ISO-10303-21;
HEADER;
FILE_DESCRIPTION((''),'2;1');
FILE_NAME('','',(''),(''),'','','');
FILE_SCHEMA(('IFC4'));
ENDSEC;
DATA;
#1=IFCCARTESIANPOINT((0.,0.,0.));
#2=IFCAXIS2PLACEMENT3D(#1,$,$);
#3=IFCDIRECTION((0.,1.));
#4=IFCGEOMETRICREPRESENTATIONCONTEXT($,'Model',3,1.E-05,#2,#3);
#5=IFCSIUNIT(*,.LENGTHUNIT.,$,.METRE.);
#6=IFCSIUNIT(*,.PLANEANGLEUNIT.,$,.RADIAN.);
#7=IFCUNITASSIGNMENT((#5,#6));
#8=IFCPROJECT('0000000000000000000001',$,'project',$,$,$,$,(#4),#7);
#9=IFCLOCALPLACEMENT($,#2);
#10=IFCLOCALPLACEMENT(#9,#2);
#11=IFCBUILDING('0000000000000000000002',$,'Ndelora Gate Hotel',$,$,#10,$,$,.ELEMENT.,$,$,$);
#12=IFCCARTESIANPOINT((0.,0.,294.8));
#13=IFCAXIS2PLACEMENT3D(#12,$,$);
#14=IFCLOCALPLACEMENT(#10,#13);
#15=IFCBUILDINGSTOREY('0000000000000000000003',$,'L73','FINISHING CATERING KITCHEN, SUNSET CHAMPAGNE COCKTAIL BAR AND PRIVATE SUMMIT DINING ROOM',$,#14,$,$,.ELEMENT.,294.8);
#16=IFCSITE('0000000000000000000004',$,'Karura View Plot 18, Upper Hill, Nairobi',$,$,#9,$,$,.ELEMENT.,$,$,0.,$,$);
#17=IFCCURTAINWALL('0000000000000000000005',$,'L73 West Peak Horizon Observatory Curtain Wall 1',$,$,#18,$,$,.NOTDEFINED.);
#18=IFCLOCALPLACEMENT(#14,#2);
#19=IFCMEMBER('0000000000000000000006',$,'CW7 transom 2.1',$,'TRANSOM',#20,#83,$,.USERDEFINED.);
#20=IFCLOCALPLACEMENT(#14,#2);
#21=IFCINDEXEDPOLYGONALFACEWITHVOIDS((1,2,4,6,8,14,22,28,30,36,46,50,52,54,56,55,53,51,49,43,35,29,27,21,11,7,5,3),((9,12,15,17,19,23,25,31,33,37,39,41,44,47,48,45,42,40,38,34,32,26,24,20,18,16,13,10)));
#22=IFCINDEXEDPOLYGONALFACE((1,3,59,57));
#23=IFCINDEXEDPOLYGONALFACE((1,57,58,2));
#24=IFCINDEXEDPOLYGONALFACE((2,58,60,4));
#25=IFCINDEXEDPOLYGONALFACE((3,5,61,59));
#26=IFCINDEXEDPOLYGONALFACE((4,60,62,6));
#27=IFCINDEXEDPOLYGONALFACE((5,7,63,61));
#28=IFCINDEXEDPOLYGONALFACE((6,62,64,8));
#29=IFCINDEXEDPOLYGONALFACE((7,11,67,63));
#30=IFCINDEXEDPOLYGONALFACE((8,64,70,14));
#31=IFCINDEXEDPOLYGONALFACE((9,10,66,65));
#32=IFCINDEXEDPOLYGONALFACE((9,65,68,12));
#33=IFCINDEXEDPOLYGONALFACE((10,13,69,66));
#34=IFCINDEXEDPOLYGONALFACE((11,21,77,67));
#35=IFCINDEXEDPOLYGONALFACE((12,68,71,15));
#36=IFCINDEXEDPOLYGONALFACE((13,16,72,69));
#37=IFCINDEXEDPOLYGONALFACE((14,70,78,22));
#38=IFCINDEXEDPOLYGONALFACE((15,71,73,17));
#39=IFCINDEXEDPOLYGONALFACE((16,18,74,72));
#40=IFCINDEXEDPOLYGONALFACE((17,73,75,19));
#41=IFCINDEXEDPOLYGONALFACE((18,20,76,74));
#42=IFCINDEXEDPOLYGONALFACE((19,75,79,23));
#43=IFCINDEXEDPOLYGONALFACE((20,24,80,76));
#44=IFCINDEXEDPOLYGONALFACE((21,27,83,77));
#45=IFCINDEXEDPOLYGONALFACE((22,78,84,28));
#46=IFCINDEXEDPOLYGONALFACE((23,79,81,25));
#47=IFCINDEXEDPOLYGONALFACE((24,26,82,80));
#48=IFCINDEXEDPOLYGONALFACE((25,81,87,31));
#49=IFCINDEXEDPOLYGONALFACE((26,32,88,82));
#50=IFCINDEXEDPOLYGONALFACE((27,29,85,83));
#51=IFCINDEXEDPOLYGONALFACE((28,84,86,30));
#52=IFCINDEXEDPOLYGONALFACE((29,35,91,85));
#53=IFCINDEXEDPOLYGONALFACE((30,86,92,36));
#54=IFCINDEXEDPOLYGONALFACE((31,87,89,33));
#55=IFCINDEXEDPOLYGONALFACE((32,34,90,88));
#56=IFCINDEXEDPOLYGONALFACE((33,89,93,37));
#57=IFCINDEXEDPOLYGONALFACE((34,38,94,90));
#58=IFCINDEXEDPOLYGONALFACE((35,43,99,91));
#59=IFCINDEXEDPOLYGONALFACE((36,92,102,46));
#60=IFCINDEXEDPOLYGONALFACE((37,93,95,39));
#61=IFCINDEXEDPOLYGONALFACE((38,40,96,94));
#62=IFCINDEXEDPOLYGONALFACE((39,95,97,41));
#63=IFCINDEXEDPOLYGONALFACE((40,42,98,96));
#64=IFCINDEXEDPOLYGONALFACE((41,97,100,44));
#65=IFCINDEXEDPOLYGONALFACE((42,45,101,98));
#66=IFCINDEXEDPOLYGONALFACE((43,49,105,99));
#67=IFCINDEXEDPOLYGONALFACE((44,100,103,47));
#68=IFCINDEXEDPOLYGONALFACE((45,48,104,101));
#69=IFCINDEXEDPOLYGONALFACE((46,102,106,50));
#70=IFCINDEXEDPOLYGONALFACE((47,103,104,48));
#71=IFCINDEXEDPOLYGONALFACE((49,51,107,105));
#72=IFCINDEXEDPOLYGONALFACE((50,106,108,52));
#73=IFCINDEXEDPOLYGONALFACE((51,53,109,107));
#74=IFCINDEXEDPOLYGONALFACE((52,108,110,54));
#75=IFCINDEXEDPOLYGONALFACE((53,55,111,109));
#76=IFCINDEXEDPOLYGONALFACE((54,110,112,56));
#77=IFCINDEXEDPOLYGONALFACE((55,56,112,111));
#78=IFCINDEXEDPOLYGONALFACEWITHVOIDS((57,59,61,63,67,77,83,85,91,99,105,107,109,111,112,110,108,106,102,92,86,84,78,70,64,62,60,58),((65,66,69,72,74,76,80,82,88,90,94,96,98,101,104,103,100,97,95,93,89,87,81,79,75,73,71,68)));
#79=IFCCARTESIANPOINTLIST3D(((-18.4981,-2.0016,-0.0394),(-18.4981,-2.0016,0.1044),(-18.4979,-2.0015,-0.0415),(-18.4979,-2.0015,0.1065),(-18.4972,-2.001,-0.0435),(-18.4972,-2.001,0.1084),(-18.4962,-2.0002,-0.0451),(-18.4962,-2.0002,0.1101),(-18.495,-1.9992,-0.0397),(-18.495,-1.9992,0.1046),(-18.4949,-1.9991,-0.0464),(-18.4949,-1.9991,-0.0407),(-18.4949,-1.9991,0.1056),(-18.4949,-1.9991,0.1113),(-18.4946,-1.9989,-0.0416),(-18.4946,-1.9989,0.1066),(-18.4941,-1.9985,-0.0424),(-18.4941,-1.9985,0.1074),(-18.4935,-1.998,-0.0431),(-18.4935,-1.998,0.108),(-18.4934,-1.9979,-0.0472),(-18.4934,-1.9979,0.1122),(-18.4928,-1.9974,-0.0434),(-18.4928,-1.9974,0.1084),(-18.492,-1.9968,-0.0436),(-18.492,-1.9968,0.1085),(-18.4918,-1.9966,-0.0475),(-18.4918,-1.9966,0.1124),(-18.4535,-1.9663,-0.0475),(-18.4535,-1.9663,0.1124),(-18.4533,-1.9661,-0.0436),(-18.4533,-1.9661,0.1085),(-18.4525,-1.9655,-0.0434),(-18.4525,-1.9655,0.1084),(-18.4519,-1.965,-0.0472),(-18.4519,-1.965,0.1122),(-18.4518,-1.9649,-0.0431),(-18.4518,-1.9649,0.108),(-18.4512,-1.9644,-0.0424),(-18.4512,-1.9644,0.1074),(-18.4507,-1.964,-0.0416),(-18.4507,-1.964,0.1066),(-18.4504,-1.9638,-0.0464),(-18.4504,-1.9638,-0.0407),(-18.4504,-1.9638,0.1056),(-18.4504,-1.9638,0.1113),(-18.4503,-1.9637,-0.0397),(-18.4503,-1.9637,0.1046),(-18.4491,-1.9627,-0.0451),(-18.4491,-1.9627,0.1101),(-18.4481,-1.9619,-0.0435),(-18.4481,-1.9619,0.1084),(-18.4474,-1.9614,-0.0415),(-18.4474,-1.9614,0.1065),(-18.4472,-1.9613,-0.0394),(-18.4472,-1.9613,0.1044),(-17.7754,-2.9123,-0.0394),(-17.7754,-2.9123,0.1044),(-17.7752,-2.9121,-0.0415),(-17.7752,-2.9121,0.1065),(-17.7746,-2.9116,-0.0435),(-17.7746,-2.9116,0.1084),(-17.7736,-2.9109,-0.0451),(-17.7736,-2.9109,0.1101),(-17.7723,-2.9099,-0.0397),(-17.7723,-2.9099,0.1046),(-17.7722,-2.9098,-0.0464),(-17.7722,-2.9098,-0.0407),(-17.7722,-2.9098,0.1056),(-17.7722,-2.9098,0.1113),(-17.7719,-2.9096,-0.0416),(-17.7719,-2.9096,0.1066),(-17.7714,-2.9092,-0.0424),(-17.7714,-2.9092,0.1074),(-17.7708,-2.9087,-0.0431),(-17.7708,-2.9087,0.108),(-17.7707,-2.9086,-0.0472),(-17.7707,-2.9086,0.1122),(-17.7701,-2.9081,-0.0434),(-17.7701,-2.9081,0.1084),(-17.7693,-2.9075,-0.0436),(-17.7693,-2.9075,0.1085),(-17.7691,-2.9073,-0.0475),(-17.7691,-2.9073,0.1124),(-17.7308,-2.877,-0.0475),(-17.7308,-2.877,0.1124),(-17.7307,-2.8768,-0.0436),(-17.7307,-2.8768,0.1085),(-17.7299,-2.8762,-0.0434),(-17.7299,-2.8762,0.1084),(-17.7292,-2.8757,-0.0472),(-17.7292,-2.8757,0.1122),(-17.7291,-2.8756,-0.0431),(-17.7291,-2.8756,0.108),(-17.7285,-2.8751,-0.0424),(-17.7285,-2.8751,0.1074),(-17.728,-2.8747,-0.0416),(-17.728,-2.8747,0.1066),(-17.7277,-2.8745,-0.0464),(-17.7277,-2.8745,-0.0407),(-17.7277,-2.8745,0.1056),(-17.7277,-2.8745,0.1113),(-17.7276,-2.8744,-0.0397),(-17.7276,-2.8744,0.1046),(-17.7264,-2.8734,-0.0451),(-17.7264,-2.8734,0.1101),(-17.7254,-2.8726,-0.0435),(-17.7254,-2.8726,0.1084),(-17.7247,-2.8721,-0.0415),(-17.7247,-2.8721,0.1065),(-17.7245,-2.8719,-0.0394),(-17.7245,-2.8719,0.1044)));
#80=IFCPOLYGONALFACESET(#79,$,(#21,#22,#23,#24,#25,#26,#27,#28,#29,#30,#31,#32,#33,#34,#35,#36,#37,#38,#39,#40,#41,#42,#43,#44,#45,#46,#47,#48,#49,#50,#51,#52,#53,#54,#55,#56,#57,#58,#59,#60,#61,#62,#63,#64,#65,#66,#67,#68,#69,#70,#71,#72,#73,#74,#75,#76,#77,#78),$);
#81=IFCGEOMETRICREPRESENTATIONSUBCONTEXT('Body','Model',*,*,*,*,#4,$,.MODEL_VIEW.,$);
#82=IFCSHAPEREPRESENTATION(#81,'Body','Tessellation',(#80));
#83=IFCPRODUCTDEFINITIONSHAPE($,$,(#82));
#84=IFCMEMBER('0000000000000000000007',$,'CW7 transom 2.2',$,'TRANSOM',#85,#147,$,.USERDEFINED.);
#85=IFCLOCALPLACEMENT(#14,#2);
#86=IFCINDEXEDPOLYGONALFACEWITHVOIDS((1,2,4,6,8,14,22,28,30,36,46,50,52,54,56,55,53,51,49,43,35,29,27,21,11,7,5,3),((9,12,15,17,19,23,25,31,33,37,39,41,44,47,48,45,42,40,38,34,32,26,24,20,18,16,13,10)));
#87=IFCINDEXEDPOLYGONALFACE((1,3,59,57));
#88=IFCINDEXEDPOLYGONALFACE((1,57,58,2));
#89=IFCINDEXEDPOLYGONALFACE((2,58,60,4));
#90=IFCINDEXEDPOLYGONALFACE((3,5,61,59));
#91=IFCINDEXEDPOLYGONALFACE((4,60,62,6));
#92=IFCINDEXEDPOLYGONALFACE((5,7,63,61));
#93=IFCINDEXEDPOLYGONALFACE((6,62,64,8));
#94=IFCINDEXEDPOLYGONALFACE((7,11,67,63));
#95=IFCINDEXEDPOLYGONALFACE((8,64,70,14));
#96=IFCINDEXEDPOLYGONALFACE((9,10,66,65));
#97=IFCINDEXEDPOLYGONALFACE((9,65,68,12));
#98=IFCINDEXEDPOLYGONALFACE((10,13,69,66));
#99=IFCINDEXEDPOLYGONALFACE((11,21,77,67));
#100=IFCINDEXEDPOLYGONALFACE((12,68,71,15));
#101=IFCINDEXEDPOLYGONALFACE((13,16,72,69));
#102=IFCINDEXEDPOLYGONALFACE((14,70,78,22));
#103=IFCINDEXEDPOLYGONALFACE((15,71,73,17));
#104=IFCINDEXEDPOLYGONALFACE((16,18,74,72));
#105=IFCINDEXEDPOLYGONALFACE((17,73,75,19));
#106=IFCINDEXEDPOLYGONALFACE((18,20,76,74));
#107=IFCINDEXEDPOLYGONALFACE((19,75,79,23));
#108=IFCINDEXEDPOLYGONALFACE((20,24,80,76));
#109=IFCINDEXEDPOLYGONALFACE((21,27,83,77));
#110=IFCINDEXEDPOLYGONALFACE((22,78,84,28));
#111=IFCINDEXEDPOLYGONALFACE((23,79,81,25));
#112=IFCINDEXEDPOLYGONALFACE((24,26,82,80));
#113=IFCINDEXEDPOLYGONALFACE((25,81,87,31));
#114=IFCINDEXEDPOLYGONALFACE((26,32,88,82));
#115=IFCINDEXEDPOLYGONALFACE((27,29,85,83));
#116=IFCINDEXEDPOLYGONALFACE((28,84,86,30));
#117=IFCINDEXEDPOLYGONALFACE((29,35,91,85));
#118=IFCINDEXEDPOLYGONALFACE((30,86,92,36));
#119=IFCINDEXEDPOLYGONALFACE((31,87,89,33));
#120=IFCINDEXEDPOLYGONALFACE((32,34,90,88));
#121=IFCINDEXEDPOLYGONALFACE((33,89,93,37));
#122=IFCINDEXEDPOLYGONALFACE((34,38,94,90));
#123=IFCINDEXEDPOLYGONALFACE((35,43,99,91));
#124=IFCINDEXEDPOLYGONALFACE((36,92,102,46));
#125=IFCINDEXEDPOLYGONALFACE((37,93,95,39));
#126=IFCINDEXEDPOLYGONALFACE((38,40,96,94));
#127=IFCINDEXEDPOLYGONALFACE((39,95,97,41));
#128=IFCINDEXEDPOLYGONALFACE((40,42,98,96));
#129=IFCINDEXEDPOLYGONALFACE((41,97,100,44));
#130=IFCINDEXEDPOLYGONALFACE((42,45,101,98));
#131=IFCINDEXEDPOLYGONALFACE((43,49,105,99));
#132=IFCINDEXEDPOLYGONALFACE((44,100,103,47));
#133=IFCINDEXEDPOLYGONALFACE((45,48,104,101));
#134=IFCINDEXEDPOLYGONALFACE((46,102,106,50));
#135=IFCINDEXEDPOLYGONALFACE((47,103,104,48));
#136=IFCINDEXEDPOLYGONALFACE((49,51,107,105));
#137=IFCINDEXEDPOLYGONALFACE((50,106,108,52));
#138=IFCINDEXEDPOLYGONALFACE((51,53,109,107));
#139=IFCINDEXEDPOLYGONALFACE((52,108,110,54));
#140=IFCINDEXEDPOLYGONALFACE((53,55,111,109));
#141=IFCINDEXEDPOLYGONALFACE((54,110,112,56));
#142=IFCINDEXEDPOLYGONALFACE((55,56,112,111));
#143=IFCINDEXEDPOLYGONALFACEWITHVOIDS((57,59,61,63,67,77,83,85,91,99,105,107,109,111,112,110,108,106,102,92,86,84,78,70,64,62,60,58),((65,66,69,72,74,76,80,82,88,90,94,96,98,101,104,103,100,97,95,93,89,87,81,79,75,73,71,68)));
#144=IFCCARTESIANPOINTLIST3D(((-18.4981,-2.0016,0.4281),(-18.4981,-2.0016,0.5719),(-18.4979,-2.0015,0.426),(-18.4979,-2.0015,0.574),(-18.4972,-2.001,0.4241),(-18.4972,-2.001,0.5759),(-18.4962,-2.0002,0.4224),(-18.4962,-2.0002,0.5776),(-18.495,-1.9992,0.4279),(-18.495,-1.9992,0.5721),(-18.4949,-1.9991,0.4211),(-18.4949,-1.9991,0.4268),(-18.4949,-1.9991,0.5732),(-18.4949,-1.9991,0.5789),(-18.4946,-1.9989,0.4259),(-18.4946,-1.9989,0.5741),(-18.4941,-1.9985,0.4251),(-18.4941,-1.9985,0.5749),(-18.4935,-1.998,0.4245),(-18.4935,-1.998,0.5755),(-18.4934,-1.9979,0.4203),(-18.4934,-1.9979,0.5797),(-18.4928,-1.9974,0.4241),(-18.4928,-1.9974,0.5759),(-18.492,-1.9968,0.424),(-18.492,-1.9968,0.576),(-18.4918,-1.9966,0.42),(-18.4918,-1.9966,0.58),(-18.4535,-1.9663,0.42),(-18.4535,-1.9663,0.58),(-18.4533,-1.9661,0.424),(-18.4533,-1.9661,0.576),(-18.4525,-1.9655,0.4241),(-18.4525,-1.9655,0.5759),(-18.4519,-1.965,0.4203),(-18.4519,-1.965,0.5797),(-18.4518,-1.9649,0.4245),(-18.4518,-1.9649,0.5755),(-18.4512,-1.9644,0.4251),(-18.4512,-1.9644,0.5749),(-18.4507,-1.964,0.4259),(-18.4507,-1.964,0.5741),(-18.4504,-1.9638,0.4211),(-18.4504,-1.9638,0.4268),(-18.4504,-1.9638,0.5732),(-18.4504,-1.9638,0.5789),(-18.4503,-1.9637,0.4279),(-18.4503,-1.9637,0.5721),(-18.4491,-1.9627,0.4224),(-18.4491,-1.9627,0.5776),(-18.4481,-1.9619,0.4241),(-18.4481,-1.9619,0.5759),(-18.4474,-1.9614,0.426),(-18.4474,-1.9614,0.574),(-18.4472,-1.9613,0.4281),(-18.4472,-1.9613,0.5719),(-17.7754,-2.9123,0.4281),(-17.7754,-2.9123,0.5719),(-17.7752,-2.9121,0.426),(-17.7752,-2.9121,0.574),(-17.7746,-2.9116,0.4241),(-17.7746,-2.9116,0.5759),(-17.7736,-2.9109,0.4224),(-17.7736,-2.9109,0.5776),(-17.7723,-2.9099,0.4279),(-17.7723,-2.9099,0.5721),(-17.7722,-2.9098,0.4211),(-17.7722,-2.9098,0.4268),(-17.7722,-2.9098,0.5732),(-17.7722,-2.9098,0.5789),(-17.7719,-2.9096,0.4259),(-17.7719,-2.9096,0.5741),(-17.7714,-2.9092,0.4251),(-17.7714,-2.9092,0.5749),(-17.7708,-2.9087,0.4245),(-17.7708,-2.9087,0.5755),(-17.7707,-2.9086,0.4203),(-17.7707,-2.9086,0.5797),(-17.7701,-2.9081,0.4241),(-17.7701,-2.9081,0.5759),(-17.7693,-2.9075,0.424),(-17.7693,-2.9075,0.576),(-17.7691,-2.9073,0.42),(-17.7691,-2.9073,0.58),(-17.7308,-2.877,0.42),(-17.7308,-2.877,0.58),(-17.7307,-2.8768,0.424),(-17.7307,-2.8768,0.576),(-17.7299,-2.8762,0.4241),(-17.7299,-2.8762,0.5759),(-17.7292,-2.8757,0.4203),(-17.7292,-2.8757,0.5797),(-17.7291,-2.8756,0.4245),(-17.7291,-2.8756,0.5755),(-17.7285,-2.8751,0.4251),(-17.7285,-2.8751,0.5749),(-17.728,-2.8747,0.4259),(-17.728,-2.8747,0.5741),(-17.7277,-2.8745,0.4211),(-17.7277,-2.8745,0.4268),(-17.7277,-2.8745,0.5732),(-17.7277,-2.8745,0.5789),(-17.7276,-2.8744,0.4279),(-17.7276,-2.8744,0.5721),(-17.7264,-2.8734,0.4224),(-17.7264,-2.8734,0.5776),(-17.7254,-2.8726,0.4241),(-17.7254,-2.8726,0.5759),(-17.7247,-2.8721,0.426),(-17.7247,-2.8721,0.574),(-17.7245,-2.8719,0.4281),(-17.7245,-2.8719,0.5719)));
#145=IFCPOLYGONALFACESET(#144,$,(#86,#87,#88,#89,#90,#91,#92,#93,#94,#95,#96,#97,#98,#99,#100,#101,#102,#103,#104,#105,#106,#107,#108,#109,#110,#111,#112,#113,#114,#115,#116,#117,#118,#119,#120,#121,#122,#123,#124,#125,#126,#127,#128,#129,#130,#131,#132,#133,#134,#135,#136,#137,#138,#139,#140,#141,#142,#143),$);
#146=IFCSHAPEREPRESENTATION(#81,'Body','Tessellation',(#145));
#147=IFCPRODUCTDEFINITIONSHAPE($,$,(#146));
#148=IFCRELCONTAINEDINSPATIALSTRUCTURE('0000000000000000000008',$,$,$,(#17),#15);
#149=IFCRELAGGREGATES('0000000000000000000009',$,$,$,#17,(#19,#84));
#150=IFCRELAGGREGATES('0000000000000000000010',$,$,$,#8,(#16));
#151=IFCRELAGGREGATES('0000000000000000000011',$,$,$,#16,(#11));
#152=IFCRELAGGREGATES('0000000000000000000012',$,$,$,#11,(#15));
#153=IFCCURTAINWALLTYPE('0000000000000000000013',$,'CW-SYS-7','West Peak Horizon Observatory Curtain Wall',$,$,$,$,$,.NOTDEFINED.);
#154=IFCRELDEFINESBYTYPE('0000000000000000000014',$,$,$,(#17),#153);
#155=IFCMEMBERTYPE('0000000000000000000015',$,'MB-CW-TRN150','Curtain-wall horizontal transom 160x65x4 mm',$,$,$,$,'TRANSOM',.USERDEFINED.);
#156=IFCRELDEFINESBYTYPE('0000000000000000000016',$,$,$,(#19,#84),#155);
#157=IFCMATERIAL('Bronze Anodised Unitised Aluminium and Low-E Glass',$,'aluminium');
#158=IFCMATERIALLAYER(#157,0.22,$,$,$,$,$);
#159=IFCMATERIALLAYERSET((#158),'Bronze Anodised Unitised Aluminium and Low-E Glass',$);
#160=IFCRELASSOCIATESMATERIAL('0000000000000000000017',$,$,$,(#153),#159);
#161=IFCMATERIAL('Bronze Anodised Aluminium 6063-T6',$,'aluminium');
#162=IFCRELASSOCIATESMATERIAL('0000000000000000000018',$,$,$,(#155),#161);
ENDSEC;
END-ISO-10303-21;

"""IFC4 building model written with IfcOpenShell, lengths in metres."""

from ifc_helpers import new_model, si_unit, direction, frame, origin, origin_2d, place, context, subcontext, project, spatial, hollow_rectangle, extrude, material, layer, layer_set, material_profile, profile_set, type_object, element, aggregate, save


model = new_model("IFC4")

# Units and contexts
model_context = context("Model", 3, precision=1e-05, world=origin(), true_north=direction((0.0, 1.0)))
body_context = subcontext(model_context, "Body", "Model", "MODEL_VIEW")
ifc_project = project(units=[si_unit("LENGTHUNIT", "METRE"), si_unit("PLANEANGLEUNIT", "RADIAN")], contexts=[model_context])

# Site, building, storey
site_placement = place(None, origin())
site = spatial("IfcSite", under=ifc_project, at=site_placement, Name="Karura View Plot 18, Upper Hill, Nairobi", CompositionType="ELEMENT", RefElevation=0.0)
building_placement = place(site_placement, origin())
building = spatial("IfcBuilding", under=site, at=building_placement, Name="Ndelora Gate Hotel", CompositionType="ELEMENT")
storey_placement = place(building_placement, frame((0.0, 0.0, 294.8)))
storey = spatial("IfcBuildingStorey", under=building, at=storey_placement, Name="L73", Description="FINISHING CATERING KITCHEN, SUNSET CHAMPAGNE COCKTAIL BAR AND PRIVATE SUMMIT DINING ROOM", CompositionType="ELEMENT", Elevation=294.8)

# Curtain wall
ifc_material_1 = material(Name="Bronze Anodised Unitised Aluminium and Low-E Glass", Category="aluminium")
ifc_layer_1 = layer(ifc_material_1, 0.22)
ifc_layer_set_1 = layer_set([ifc_layer_1], Name="Bronze Anodised Unitised Aluminium and Low-E Glass")
curtain_wall_type = type_object("IfcCurtainWallType", Name="CW-SYS-7", Description="West Peak Horizon Observatory Curtain Wall", PredefinedType="NOTDEFINED", material=ifc_layer_set_1)
curtain_wall_1_placement = place(storey_placement, origin())
curtain_wall_1 = element("IfcCurtainWall", 1, at=curtain_wall_1_placement, inside=storey, type_object=curtain_wall_type, Name="L73 West Peak Horizon Observatory Curtain Wall 1", PredefinedType="NOTDEFINED")
ifc_material_2 = material(Name="Bronze Anodised Aluminium 6063-T6", Category="aluminium")

# Members
ifc_material_profile_1 = material_profile(ifc_material_2, hollow_rectangle(XDim=0.0649, YDim=0.1599, WallThickness=0.0039, InnerFilletRadius=0.0039, OuterFilletRadius=0.0081, at=origin_2d()), Name="ALU 160x65x4")
ifc_profile_set_1 = profile_set([ifc_material_profile_1], Name="Bronze Anodised Aluminium 6063-T6")
member_type_1 = type_object("IfcMemberType", Name="MB-CW-TRN150", Description="Curtain-wall horizontal transom 160x65x4 mm", ElementType="TRANSOM", PredefinedType="USERDEFINED", material=ifc_profile_set_1)
member_1_placement = place(storey_placement, frame((-18.4727, -1.9814, 0.0325), z_axis=(0.621617, -0.783321, 0.0), x_axis=(0.783321, 0.621617, 0.0)))
member_1 = element("IfcMember", 2, at=member_1_placement, type_object=member_type_1, Name="CW7 transom 2.1", ObjectType="TRANSOM", PredefinedType="USERDEFINED", context=body_context, shape_type="SweptSolid", body=[
    extrude(hollow_rectangle(XDim=0.0649, YDim=0.1599, WallThickness=0.0039, InnerFilletRadius=0.0039, OuterFilletRadius=0.0081, at=origin_2d()), origin(), (0.0, 0.0, 1.0), 1.1626),
])
member_2_placement = place(storey_placement, frame((-18.4727, -1.9814, 0.5), z_axis=(0.621617, -0.783321, 0.0), x_axis=(0.783321, 0.621617, 0.0)))
member_2 = element("IfcMember", 3, at=member_2_placement, type_object=member_type_1, Name="CW7 transom 2.2", ObjectType="TRANSOM", PredefinedType="USERDEFINED", context=body_context, shape_type="SweptSolid", body=[
    extrude(hollow_rectangle(XDim=0.0649, YDim=0.1599, WallThickness=0.0039, InnerFilletRadius=0.0039, OuterFilletRadius=0.0081, at=origin_2d()), origin(), (0.0, 0.0, 1.0), 1.1626),
])

aggregate(curtain_wall_1, [member_1, member_2])

save(model, "model.ifc")
